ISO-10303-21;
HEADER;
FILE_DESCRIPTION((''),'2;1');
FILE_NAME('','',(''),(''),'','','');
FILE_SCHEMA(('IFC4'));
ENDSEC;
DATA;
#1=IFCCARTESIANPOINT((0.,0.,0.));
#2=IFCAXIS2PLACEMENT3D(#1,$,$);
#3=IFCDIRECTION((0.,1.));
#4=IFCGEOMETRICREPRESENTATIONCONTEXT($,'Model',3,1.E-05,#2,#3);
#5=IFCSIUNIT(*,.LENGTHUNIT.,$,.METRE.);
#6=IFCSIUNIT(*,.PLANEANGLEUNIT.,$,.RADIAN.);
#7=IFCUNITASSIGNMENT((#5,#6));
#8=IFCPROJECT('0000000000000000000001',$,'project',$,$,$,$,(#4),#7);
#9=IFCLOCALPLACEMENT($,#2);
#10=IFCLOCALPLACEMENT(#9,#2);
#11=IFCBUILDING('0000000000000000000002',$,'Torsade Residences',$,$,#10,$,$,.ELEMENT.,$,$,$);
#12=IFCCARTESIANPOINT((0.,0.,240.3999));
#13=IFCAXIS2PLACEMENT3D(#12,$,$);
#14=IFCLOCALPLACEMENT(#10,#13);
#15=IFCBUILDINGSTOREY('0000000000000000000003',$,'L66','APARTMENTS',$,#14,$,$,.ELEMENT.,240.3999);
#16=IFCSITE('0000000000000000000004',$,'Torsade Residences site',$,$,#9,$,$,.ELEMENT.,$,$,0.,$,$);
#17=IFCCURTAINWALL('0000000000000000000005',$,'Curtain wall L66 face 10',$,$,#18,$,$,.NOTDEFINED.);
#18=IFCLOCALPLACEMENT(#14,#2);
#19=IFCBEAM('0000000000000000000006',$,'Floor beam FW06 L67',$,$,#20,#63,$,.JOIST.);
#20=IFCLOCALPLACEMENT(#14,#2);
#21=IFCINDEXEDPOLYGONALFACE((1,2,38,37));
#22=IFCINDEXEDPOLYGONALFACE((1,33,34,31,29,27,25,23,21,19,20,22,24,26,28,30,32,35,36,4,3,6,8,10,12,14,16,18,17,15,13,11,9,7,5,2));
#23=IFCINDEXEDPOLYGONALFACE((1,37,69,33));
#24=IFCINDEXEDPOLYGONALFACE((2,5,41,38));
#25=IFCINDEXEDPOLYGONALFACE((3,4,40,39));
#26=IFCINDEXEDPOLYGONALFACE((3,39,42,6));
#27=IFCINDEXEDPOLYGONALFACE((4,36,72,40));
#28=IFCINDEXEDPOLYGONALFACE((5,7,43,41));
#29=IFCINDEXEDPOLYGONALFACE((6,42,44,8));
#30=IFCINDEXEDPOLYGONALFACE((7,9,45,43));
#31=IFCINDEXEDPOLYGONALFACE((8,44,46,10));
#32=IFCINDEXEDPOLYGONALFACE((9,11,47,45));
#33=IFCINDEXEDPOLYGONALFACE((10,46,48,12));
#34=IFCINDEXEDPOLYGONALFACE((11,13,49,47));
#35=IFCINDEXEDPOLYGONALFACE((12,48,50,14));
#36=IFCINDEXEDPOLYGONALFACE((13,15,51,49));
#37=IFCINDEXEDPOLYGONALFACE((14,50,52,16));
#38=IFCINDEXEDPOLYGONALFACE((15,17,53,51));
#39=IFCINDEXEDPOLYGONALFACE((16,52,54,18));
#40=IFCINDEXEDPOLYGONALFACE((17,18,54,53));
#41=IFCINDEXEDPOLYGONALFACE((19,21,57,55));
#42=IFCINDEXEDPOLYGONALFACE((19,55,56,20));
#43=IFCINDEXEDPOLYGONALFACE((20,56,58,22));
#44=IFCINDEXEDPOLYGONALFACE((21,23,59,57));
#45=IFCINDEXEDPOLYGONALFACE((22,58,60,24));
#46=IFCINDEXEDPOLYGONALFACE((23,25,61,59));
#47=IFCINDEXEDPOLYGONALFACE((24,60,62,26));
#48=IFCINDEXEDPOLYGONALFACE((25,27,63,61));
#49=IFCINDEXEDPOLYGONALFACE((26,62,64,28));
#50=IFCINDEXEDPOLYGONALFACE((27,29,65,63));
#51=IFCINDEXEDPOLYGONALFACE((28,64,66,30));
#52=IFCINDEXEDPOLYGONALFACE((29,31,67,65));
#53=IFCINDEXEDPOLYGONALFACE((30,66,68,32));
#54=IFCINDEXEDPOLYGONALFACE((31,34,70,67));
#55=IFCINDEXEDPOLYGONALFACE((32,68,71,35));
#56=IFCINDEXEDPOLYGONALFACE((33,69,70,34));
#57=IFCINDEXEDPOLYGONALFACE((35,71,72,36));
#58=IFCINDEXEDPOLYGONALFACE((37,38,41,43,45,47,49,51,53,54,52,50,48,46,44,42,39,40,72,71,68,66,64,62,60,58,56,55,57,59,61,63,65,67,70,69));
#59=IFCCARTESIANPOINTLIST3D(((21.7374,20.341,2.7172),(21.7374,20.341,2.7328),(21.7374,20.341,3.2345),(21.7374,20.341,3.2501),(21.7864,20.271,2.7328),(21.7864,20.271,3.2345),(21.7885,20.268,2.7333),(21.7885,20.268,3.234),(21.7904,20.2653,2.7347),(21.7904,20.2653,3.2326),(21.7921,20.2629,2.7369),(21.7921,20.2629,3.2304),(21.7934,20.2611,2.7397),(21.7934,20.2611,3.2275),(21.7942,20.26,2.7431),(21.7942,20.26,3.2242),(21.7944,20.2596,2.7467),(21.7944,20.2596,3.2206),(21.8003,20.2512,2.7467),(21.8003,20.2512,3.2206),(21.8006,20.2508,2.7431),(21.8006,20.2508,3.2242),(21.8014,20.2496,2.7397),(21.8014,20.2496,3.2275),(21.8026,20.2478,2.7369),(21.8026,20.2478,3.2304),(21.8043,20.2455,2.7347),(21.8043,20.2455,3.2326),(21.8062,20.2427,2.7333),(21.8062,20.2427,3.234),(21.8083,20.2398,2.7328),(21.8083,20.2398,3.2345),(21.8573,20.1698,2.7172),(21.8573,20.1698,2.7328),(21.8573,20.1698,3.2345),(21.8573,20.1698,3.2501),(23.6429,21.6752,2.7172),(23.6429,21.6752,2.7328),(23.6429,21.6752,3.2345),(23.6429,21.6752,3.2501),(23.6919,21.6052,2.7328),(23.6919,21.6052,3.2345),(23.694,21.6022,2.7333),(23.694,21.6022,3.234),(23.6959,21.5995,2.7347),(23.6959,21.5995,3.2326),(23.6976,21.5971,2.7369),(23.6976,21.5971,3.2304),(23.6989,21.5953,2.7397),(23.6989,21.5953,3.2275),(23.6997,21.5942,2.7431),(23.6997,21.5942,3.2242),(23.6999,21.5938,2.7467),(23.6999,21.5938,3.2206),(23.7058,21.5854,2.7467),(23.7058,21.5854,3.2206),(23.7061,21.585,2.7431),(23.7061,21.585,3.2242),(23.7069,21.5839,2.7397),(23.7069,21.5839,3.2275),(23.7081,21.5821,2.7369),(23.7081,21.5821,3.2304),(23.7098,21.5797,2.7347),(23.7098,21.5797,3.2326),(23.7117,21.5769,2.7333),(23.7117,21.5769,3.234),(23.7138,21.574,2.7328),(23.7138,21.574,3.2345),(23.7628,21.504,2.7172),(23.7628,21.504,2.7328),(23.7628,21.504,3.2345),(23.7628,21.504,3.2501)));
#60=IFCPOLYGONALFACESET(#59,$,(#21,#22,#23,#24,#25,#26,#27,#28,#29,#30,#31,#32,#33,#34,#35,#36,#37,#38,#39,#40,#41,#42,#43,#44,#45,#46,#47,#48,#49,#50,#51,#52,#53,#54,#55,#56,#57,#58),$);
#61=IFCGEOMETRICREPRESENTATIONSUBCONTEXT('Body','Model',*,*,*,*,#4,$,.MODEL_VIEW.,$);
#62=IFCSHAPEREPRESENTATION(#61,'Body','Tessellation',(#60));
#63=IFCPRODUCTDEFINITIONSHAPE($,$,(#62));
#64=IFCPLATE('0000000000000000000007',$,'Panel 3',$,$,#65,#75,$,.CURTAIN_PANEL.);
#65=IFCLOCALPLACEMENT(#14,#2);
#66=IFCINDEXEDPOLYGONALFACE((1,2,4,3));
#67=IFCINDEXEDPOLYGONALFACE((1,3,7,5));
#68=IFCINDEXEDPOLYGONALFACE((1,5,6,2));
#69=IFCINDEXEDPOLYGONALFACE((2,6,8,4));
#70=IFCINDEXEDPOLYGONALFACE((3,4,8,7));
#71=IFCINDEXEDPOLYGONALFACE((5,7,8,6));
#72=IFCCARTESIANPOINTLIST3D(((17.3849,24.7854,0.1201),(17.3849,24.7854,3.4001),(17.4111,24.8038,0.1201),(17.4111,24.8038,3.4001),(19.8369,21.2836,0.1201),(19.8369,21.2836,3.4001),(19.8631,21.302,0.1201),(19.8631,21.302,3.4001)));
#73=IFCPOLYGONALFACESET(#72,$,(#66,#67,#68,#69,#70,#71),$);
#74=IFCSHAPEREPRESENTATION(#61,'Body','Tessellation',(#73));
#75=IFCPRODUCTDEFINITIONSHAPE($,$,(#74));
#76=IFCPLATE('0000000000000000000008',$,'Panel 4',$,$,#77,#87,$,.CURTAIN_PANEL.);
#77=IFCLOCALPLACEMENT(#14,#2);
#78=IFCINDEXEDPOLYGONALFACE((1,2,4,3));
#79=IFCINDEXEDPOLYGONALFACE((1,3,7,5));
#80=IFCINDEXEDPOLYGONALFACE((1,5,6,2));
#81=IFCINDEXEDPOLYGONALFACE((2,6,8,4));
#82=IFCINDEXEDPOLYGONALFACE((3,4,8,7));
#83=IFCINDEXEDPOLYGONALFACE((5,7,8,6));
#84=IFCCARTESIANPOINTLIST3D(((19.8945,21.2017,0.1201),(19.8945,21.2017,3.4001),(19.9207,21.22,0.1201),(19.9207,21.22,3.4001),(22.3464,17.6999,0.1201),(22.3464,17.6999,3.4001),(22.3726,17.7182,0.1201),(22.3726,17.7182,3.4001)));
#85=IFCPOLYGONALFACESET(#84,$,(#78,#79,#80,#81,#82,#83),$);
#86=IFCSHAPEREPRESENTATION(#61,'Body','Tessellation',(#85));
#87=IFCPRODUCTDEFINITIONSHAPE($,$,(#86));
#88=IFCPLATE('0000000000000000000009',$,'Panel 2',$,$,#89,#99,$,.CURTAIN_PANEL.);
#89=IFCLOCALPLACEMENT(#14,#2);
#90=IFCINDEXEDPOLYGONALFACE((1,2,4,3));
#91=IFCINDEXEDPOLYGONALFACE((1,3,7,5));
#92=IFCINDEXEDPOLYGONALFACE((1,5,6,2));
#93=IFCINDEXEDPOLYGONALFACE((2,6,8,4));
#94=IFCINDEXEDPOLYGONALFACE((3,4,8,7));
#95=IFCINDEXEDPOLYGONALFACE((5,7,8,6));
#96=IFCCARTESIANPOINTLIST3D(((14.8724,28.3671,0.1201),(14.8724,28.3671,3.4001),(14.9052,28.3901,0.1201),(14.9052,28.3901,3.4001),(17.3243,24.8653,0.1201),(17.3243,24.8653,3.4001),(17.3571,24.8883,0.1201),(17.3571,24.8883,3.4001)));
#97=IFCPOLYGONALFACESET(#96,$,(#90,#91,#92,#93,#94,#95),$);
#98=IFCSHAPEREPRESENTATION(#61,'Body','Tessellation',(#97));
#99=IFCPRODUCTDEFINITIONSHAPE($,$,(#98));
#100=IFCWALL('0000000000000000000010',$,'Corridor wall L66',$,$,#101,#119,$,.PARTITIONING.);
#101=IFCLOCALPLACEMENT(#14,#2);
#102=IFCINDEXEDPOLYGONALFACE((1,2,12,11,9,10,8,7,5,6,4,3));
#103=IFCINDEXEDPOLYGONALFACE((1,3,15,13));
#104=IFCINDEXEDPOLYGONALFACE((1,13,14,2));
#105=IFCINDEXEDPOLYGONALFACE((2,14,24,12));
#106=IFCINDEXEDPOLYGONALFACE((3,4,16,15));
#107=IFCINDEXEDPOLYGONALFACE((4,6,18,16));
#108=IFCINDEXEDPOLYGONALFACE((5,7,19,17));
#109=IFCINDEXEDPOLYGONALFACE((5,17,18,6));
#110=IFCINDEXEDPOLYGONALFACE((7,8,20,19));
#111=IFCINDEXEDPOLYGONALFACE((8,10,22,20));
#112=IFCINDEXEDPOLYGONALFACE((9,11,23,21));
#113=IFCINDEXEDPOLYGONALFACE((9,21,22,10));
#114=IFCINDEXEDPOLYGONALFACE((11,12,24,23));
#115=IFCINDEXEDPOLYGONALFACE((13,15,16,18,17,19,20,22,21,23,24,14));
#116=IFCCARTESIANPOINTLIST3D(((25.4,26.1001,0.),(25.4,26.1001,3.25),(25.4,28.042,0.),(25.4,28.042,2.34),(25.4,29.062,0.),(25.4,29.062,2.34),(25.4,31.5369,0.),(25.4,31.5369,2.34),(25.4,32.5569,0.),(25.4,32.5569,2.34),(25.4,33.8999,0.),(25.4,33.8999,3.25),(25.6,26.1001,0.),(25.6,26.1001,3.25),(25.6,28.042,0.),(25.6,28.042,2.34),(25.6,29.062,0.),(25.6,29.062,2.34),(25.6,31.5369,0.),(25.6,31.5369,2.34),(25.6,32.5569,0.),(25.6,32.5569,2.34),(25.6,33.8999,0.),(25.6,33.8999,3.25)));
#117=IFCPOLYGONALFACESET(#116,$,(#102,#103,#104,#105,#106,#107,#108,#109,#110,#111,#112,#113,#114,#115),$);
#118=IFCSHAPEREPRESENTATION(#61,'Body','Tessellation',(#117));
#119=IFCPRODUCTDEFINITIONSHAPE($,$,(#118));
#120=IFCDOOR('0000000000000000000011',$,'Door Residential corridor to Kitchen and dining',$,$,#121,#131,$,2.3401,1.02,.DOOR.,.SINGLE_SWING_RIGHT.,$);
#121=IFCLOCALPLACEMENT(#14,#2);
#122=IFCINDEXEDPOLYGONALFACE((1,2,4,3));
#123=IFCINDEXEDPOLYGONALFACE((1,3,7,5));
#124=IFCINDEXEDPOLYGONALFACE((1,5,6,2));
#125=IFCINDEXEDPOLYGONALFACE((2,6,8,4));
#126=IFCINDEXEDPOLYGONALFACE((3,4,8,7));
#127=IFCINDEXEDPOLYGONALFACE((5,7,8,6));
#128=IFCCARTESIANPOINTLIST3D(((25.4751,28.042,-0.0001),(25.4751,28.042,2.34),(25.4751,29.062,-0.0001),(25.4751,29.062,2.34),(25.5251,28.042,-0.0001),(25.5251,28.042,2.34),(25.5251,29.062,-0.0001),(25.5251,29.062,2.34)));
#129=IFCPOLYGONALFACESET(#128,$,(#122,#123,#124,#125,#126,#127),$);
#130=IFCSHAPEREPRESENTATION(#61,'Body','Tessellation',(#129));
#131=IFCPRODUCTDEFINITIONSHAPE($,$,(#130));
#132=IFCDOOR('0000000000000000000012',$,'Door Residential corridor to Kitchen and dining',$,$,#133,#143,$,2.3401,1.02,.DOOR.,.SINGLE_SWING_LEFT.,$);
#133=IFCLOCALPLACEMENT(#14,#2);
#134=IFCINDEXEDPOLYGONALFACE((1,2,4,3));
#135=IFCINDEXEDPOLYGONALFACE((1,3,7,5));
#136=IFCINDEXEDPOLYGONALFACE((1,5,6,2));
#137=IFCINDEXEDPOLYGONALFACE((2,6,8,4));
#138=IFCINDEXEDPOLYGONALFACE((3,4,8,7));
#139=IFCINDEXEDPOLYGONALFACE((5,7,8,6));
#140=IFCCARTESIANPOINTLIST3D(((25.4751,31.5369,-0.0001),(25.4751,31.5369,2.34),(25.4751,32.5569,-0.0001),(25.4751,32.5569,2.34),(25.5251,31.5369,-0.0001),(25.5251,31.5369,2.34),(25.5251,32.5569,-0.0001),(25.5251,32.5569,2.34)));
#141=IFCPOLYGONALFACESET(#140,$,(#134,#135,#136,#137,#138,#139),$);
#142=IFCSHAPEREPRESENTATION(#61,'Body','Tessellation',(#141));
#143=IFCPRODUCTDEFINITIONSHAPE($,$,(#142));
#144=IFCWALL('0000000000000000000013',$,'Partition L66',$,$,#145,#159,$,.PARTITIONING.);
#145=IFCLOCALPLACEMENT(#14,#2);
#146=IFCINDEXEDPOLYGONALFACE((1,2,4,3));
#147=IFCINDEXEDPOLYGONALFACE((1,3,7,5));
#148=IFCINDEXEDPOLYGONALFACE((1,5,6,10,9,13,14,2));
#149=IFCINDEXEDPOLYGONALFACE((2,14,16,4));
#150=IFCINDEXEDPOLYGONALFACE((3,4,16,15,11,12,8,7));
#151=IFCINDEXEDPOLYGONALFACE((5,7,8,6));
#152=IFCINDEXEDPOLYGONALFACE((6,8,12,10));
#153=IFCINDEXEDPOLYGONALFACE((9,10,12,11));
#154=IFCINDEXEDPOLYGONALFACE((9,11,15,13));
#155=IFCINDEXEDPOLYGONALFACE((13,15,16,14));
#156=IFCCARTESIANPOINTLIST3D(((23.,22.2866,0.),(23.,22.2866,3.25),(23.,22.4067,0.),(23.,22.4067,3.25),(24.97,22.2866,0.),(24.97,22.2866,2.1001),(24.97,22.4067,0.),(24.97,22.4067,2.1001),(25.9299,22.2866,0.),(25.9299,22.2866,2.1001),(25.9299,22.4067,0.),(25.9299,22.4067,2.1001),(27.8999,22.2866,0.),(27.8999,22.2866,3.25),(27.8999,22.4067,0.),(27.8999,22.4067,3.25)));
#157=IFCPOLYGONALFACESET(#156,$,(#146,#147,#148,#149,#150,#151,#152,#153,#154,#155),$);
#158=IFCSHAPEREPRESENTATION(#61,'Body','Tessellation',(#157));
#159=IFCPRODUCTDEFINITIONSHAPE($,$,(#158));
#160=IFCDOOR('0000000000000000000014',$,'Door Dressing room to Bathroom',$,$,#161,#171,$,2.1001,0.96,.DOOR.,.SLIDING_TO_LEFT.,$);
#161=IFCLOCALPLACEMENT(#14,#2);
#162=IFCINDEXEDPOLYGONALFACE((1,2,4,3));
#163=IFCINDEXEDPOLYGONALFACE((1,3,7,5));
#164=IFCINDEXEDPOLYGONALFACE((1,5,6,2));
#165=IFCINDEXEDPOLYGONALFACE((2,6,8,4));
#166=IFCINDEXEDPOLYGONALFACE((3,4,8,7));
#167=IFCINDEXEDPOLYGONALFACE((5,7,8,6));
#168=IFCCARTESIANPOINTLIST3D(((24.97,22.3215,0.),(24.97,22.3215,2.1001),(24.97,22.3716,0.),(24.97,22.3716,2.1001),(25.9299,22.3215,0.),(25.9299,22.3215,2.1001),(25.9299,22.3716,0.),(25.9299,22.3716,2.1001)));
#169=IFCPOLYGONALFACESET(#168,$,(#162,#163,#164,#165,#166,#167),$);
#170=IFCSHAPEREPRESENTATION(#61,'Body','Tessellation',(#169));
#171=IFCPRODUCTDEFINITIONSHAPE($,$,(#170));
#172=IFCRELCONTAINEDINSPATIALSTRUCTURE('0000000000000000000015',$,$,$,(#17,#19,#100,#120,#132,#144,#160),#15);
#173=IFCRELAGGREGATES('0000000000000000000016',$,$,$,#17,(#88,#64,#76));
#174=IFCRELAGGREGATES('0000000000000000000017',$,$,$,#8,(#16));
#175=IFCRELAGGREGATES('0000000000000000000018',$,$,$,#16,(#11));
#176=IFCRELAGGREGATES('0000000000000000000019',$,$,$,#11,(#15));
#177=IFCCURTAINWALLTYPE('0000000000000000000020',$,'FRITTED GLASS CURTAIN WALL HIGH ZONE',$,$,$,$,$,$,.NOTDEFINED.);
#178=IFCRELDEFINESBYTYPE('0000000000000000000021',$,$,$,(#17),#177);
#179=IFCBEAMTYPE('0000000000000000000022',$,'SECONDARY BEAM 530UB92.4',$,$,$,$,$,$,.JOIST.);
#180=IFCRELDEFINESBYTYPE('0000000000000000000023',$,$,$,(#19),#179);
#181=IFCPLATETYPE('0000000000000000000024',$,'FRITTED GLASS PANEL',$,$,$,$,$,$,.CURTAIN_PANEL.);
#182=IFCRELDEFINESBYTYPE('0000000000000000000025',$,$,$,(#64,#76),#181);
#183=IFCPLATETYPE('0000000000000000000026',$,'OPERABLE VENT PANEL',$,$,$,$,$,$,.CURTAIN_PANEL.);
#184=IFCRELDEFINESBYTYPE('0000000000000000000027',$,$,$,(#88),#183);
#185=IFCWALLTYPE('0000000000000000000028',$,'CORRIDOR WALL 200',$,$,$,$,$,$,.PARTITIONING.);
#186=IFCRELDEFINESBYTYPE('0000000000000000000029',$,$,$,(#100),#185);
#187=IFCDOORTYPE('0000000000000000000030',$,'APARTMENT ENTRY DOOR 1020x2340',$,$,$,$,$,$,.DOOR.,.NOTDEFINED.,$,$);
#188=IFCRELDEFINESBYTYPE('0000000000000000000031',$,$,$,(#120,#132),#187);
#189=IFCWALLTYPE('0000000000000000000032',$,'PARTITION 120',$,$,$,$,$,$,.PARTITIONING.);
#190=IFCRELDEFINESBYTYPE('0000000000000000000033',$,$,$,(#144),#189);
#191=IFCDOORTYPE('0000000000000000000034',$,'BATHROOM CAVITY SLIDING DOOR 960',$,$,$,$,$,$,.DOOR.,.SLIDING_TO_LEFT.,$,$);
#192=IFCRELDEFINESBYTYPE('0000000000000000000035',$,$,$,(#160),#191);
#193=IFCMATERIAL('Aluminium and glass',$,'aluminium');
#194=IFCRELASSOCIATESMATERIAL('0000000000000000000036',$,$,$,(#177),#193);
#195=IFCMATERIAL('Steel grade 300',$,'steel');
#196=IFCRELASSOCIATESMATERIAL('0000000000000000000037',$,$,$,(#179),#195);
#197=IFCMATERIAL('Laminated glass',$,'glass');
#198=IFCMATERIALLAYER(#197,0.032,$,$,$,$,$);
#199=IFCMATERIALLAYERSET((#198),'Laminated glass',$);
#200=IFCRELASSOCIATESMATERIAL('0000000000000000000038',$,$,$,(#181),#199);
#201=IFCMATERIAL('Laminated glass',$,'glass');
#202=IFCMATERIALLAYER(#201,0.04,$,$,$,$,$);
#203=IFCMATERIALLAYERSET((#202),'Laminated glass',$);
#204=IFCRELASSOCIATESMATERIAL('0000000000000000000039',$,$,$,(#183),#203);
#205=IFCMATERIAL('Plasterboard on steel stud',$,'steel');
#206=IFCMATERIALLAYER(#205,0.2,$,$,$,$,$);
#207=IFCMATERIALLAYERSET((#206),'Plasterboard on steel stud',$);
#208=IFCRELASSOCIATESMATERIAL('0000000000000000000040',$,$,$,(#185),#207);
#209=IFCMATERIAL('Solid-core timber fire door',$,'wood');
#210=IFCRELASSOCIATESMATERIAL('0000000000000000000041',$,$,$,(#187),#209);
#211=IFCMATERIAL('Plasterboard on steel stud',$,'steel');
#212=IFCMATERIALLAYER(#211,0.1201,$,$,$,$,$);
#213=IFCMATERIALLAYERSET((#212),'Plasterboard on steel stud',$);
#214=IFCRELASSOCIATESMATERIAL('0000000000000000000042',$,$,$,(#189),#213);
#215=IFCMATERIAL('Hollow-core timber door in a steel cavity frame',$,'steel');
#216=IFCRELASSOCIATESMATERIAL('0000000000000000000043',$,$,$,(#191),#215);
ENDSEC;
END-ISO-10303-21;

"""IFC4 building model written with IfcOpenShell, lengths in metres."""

from ifc_helpers import new_model, si_unit, direction, frame, frame_2d, origin, origin_2d, place, context, subcontext, project, spatial, rectangle, i_section, extrude, material, layer, layer_set, material_profile, profile_set, type_object, element, fill, aggregate, save


model = new_model("IFC4")

# Units and contexts
model_context = context("Model", 3, precision=1e-05, world=origin(), true_north=direction((0.0, 1.0)))
body_context = subcontext(model_context, "Body", "Model", "MODEL_VIEW")
ifc_project = project(units=[si_unit("LENGTHUNIT", "METRE"), si_unit("PLANEANGLEUNIT", "RADIAN")], contexts=[model_context])

# Site, building, storey
site_placement = place(None, origin())
site = spatial("IfcSite", under=ifc_project, at=site_placement, Name="Torsade Residences site", CompositionType="ELEMENT", RefElevation=0.0)
building_placement = place(site_placement, origin())
building = spatial("IfcBuilding", under=site, at=building_placement, Name="Torsade Residences", CompositionType="ELEMENT")
storey_placement = place(building_placement, frame((0.0, 0.0, 240.3999)))
storey = spatial("IfcBuildingStorey", under=building, at=storey_placement, Name="L66", Description="APARTMENTS", CompositionType="ELEMENT", Elevation=240.3999)

# Curtain wall
ifc_material_1 = material(Name="Aluminium and glass", Category="aluminium")
curtain_wall_type = type_object("IfcCurtainWallType", Name="FRITTED GLASS CURTAIN WALL HIGH ZONE", PredefinedType="NOTDEFINED", material=ifc_material_1)
curtain_wall_placement = place(storey_placement, origin())
curtain_wall = element("IfcCurtainWall", 1, at=curtain_wall_placement, inside=storey, type_object=curtain_wall_type, Name="Curtain wall L66 face 10", PredefinedType="NOTDEFINED")

# Beam
ifc_material_2 = material(Name="Steel grade 300", Category="steel")
ifc_material_profile_1 = material_profile(ifc_material_2, i_section(OverallWidth=0.209, OverallDepth=0.533, WebThickness=0.0103, FlangeThickness=0.0156, FilletRadius=0.0139, at=origin_2d()), Name="530UB92.4")
ifc_profile_set_1 = profile_set([ifc_material_profile_1], Name="Steel grade 300")
beam_type_1 = type_object("IfcBeamType", Name="SECONDARY BEAM 530UB92.4", PredefinedType="JOIST", material=ifc_profile_set_1)
beam_1_placement = place(storey_placement, frame((21.7974, 20.2554, 2.9836), z_axis=(0.819158, 0.573568, 0.0), x_axis=(-0.573568, 0.819158, 0.0)))
element("IfcBeam", 2, at=beam_1_placement, inside=storey, type_object=beam_type_1, Name="Floor beam FW06 L67", PredefinedType="JOIST", context=body_context, shape_type="SweptSolid", body=[
    extrude(i_section(OverallWidth=0.209, OverallDepth=0.533, WebThickness=0.0103, FlangeThickness=0.0156, FilletRadius=0.0139, at=origin_2d()), origin(), (0.0, 0.0, 1.0), 2.3262),
])

# Plates
ifc_material_3 = material(Name="Laminated glass", Category="glass")
ifc_layer_1 = layer(ifc_material_3, 0.032)
ifc_layer_set_1 = layer_set([ifc_layer_1], Name="Laminated glass")
plate_type_1 = type_object("IfcPlateType", Name="FRITTED GLASS PANEL", PredefinedType="CURTAIN_PANEL", material=ifc_layer_set_1)
plate_1_placement = place(storey_placement, frame((18.624, 23.0437, 0.1201), z_axis=(0.0, 0.0, 1.0), x_axis=(0.573576, -0.819152, 0.0)))
plate_1 = element("IfcPlate", 3, at=plate_1_placement, type_object=plate_type_1, Name="Panel 3", PredefinedType="CURTAIN_PANEL", context=body_context, shape_type="SweptSolid", body=[
    extrude(rectangle(XDim=4.2749, YDim=0.032, at=origin_2d()), origin(), (0.0, 0.0, 1.0), 3.28),
])
plate_2_placement = place(storey_placement, frame((21.1335, 19.46, 0.1201), z_axis=(0.0, 0.0, 1.0), x_axis=(0.573576, -0.819152, 0.0)))
plate_2 = element("IfcPlate", 4, at=plate_2_placement, type_object=plate_type_1, Name="Panel 4", PredefinedType="CURTAIN_PANEL", context=body_context, shape_type="SweptSolid", body=[
    extrude(rectangle(XDim=4.2749, YDim=0.032, at=origin_2d()), origin(), (0.0, 0.0, 1.0), 3.28),
])
ifc_material_4 = material(Name="Laminated glass", Category="glass")
ifc_layer_2 = layer(ifc_material_4, 0.04)
ifc_layer_set_2 = layer_set([ifc_layer_2], Name="Laminated glass")
plate_type_2 = type_object("IfcPlateType", Name="OPERABLE VENT PANEL", PredefinedType="CURTAIN_PANEL", material=ifc_layer_set_2)
plate_3_placement = place(storey_placement, frame((16.1147, 26.6277, 0.1201), z_axis=(0.0, 0.0, 1.0), x_axis=(0.573576, -0.819152, 0.0)))
plate_3 = element("IfcPlate", 5, at=plate_3_placement, type_object=plate_type_2, Name="Panel 2", PredefinedType="CURTAIN_PANEL", context=body_context, shape_type="SweptSolid", body=[
    extrude(rectangle(XDim=4.2749, YDim=0.04, at=origin_2d()), origin(), (0.0, 0.0, 1.0), 3.28),
])
aggregate(curtain_wall, [plate_3, plate_1, plate_2])

# Wall, openings, doors
ifc_material_5 = material(Name="Plasterboard on steel stud", Category="steel")
ifc_layer_3 = layer(ifc_material_5, 0.2)
ifc_layer_set_3 = layer_set([ifc_layer_3], Name="Plasterboard on steel stud")
wall_type_1 = type_object("IfcWallType", Name="CORRIDOR WALL 200", PredefinedType="PARTITIONING", material=ifc_layer_set_3)
wall_1_placement = place(storey_placement, frame((25.5, 26.1001, 0.0), z_axis=(0.0, 0.0, 1.0), x_axis=(0.0, 1.0, 0.0)))
wall_1 = element("IfcWall", 6, at=wall_1_placement, inside=storey, type_object=wall_type_1, Name="Corridor wall L66", PredefinedType="PARTITIONING", context=body_context, shape_type="SweptSolid", body=[
    extrude(rectangle(XDim=7.7998, YDim=0.2, at=frame_2d((3.8999, 0.0))), origin(), (0.0, 0.0, 1.0), 3.25),
])
opening_1_placement = place(wall_1_placement, frame((1.9419, 0.0, 0.0)))
opening_1 = element("IfcOpeningElement", 7, at=opening_1_placement, cuts=wall_1, PredefinedType="OPENING", context=body_context, shape_type="SweptSolid", body=[
    extrude(rectangle(XDim=1.02, YDim=2.3401, at=frame_2d((0.51, 1.1699))), frame((0.0, 0.1099, 0.0), z_axis=(0.0, -1.0, 0.0), x_axis=(1.0, 0.0, 0.0)), (0.0, 0.0, 1.0), 0.22),
])
opening_2_placement = place(wall_1_placement, frame((5.4368, 0.0, 0.0)))
opening_2 = element("IfcOpeningElement", 8, at=opening_2_placement, cuts=wall_1, PredefinedType="OPENING", context=body_context, shape_type="SweptSolid", body=[
    extrude(rectangle(XDim=1.02, YDim=2.3401, at=frame_2d((0.51, 1.1699))), frame((0.0, 0.1099, 0.0), z_axis=(0.0, -1.0, 0.0), x_axis=(1.0, 0.0, 0.0)), (0.0, 0.0, 1.0), 0.22),
])
ifc_material_6 = material(Name="Solid-core timber fire door", Category="wood")
door_type_1 = type_object("IfcDoorType", Name="APARTMENT ENTRY DOOR 1020x2340", OperationType="NOTDEFINED", PredefinedType="DOOR", material=ifc_material_6)
door_1_placement = place(opening_1_placement, origin())
door_1 = element("IfcDoor", 9, at=door_1_placement, inside=storey, type_object=door_type_1, Name="Door Residential corridor to Kitchen and dining", OperationType="SINGLE_SWING_RIGHT", OverallHeight=2.3401, OverallWidth=1.02, PredefinedType="DOOR", context=body_context, shape_type="SweptSolid", body=[
    extrude(rectangle(XDim=1.02, YDim=2.3401, at=frame_2d((0.51, 1.1699))), frame((0.0, 0.0249, 0.0), z_axis=(0.0, -1.0, 0.0), x_axis=(1.0, 0.0, 0.0)), (0.0, 0.0, 1.0), 0.05),
])
fill(opening_1, door_1)
door_2_placement = place(opening_2_placement, origin())
door_2 = element("IfcDoor", 10, at=door_2_placement, inside=storey, type_object=door_type_1, Name="Door Residential corridor to Kitchen and dining", OperationType="SINGLE_SWING_LEFT", OverallHeight=2.3401, OverallWidth=1.02, PredefinedType="DOOR", context=body_context, shape_type="SweptSolid", body=[
    extrude(rectangle(XDim=1.02, YDim=2.3401, at=frame_2d((0.51, 1.1699))), frame((0.0, 0.0249, 0.0), z_axis=(0.0, -1.0, 0.0), x_axis=(1.0, 0.0, 0.0)), (0.0, 0.0, 1.0), 0.05),
])
fill(opening_2, door_2)

# Wall, opening, door
ifc_material_7 = material(Name="Plasterboard on steel stud", Category="steel")
ifc_layer_4 = layer(ifc_material_7, 0.1201)
ifc_layer_set_4 = layer_set([ifc_layer_4], Name="Plasterboard on steel stud")
wall_type_2 = type_object("IfcWallType", Name="PARTITION 120", PredefinedType="PARTITIONING", material=ifc_layer_set_4)
wall_2_placement = place(storey_placement, frame((23.0, 22.3467, 0.0), z_axis=(0.0, 0.0, 1.0), x_axis=(1.0, 0.0, 0.0)))
wall_2 = element("IfcWall", 11, at=wall_2_placement, inside=storey, type_object=wall_type_2, Name="Partition L66", PredefinedType="PARTITIONING", context=body_context, shape_type="SweptSolid", body=[
    extrude(rectangle(XDim=4.8999, YDim=0.1201, at=frame_2d((2.45, 0.0))), origin(), (0.0, 0.0, 1.0), 3.25),
])
opening_3_placement = place(wall_2_placement, frame((1.97, 0.0, 0.0)))
opening_3 = element("IfcOpeningElement", 12, at=opening_3_placement, cuts=wall_2, PredefinedType="OPENING", context=body_context, shape_type="SweptSolid", body=[
    extrude(rectangle(XDim=0.96, YDim=2.1001, at=frame_2d((0.48, 1.05))), frame((0.0, 0.0701, 0.0), z_axis=(0.0, -1.0, 0.0), x_axis=(1.0, 0.0, 0.0)), (0.0, 0.0, 1.0), 0.1401),
])
ifc_material_8 = material(Name="Hollow-core timber door in a steel cavity frame", Category="steel")
door_type_2 = type_object("IfcDoorType", Name="BATHROOM CAVITY SLIDING DOOR 960", OperationType="SLIDING_TO_LEFT", PredefinedType="DOOR", material=ifc_material_8)
door_3_placement = place(opening_3_placement, origin())
door_3 = element("IfcDoor", 13, at=door_3_placement, inside=storey, type_object=door_type_2, Name="Door Dressing room to Bathroom", OperationType="SLIDING_TO_LEFT", OverallHeight=2.1001, OverallWidth=0.96, PredefinedType="DOOR", context=body_context, shape_type="SweptSolid", body=[
    extrude(rectangle(XDim=0.96, YDim=2.1001, at=frame_2d((0.48, 1.05))), frame((0.0, 0.0249, 0.0), z_axis=(0.0, -1.0, 0.0), x_axis=(1.0, 0.0, 0.0)), (0.0, 0.0, 1.0), 0.05),
])
fill(opening_3, door_3)

save(model, "model.ifc")
